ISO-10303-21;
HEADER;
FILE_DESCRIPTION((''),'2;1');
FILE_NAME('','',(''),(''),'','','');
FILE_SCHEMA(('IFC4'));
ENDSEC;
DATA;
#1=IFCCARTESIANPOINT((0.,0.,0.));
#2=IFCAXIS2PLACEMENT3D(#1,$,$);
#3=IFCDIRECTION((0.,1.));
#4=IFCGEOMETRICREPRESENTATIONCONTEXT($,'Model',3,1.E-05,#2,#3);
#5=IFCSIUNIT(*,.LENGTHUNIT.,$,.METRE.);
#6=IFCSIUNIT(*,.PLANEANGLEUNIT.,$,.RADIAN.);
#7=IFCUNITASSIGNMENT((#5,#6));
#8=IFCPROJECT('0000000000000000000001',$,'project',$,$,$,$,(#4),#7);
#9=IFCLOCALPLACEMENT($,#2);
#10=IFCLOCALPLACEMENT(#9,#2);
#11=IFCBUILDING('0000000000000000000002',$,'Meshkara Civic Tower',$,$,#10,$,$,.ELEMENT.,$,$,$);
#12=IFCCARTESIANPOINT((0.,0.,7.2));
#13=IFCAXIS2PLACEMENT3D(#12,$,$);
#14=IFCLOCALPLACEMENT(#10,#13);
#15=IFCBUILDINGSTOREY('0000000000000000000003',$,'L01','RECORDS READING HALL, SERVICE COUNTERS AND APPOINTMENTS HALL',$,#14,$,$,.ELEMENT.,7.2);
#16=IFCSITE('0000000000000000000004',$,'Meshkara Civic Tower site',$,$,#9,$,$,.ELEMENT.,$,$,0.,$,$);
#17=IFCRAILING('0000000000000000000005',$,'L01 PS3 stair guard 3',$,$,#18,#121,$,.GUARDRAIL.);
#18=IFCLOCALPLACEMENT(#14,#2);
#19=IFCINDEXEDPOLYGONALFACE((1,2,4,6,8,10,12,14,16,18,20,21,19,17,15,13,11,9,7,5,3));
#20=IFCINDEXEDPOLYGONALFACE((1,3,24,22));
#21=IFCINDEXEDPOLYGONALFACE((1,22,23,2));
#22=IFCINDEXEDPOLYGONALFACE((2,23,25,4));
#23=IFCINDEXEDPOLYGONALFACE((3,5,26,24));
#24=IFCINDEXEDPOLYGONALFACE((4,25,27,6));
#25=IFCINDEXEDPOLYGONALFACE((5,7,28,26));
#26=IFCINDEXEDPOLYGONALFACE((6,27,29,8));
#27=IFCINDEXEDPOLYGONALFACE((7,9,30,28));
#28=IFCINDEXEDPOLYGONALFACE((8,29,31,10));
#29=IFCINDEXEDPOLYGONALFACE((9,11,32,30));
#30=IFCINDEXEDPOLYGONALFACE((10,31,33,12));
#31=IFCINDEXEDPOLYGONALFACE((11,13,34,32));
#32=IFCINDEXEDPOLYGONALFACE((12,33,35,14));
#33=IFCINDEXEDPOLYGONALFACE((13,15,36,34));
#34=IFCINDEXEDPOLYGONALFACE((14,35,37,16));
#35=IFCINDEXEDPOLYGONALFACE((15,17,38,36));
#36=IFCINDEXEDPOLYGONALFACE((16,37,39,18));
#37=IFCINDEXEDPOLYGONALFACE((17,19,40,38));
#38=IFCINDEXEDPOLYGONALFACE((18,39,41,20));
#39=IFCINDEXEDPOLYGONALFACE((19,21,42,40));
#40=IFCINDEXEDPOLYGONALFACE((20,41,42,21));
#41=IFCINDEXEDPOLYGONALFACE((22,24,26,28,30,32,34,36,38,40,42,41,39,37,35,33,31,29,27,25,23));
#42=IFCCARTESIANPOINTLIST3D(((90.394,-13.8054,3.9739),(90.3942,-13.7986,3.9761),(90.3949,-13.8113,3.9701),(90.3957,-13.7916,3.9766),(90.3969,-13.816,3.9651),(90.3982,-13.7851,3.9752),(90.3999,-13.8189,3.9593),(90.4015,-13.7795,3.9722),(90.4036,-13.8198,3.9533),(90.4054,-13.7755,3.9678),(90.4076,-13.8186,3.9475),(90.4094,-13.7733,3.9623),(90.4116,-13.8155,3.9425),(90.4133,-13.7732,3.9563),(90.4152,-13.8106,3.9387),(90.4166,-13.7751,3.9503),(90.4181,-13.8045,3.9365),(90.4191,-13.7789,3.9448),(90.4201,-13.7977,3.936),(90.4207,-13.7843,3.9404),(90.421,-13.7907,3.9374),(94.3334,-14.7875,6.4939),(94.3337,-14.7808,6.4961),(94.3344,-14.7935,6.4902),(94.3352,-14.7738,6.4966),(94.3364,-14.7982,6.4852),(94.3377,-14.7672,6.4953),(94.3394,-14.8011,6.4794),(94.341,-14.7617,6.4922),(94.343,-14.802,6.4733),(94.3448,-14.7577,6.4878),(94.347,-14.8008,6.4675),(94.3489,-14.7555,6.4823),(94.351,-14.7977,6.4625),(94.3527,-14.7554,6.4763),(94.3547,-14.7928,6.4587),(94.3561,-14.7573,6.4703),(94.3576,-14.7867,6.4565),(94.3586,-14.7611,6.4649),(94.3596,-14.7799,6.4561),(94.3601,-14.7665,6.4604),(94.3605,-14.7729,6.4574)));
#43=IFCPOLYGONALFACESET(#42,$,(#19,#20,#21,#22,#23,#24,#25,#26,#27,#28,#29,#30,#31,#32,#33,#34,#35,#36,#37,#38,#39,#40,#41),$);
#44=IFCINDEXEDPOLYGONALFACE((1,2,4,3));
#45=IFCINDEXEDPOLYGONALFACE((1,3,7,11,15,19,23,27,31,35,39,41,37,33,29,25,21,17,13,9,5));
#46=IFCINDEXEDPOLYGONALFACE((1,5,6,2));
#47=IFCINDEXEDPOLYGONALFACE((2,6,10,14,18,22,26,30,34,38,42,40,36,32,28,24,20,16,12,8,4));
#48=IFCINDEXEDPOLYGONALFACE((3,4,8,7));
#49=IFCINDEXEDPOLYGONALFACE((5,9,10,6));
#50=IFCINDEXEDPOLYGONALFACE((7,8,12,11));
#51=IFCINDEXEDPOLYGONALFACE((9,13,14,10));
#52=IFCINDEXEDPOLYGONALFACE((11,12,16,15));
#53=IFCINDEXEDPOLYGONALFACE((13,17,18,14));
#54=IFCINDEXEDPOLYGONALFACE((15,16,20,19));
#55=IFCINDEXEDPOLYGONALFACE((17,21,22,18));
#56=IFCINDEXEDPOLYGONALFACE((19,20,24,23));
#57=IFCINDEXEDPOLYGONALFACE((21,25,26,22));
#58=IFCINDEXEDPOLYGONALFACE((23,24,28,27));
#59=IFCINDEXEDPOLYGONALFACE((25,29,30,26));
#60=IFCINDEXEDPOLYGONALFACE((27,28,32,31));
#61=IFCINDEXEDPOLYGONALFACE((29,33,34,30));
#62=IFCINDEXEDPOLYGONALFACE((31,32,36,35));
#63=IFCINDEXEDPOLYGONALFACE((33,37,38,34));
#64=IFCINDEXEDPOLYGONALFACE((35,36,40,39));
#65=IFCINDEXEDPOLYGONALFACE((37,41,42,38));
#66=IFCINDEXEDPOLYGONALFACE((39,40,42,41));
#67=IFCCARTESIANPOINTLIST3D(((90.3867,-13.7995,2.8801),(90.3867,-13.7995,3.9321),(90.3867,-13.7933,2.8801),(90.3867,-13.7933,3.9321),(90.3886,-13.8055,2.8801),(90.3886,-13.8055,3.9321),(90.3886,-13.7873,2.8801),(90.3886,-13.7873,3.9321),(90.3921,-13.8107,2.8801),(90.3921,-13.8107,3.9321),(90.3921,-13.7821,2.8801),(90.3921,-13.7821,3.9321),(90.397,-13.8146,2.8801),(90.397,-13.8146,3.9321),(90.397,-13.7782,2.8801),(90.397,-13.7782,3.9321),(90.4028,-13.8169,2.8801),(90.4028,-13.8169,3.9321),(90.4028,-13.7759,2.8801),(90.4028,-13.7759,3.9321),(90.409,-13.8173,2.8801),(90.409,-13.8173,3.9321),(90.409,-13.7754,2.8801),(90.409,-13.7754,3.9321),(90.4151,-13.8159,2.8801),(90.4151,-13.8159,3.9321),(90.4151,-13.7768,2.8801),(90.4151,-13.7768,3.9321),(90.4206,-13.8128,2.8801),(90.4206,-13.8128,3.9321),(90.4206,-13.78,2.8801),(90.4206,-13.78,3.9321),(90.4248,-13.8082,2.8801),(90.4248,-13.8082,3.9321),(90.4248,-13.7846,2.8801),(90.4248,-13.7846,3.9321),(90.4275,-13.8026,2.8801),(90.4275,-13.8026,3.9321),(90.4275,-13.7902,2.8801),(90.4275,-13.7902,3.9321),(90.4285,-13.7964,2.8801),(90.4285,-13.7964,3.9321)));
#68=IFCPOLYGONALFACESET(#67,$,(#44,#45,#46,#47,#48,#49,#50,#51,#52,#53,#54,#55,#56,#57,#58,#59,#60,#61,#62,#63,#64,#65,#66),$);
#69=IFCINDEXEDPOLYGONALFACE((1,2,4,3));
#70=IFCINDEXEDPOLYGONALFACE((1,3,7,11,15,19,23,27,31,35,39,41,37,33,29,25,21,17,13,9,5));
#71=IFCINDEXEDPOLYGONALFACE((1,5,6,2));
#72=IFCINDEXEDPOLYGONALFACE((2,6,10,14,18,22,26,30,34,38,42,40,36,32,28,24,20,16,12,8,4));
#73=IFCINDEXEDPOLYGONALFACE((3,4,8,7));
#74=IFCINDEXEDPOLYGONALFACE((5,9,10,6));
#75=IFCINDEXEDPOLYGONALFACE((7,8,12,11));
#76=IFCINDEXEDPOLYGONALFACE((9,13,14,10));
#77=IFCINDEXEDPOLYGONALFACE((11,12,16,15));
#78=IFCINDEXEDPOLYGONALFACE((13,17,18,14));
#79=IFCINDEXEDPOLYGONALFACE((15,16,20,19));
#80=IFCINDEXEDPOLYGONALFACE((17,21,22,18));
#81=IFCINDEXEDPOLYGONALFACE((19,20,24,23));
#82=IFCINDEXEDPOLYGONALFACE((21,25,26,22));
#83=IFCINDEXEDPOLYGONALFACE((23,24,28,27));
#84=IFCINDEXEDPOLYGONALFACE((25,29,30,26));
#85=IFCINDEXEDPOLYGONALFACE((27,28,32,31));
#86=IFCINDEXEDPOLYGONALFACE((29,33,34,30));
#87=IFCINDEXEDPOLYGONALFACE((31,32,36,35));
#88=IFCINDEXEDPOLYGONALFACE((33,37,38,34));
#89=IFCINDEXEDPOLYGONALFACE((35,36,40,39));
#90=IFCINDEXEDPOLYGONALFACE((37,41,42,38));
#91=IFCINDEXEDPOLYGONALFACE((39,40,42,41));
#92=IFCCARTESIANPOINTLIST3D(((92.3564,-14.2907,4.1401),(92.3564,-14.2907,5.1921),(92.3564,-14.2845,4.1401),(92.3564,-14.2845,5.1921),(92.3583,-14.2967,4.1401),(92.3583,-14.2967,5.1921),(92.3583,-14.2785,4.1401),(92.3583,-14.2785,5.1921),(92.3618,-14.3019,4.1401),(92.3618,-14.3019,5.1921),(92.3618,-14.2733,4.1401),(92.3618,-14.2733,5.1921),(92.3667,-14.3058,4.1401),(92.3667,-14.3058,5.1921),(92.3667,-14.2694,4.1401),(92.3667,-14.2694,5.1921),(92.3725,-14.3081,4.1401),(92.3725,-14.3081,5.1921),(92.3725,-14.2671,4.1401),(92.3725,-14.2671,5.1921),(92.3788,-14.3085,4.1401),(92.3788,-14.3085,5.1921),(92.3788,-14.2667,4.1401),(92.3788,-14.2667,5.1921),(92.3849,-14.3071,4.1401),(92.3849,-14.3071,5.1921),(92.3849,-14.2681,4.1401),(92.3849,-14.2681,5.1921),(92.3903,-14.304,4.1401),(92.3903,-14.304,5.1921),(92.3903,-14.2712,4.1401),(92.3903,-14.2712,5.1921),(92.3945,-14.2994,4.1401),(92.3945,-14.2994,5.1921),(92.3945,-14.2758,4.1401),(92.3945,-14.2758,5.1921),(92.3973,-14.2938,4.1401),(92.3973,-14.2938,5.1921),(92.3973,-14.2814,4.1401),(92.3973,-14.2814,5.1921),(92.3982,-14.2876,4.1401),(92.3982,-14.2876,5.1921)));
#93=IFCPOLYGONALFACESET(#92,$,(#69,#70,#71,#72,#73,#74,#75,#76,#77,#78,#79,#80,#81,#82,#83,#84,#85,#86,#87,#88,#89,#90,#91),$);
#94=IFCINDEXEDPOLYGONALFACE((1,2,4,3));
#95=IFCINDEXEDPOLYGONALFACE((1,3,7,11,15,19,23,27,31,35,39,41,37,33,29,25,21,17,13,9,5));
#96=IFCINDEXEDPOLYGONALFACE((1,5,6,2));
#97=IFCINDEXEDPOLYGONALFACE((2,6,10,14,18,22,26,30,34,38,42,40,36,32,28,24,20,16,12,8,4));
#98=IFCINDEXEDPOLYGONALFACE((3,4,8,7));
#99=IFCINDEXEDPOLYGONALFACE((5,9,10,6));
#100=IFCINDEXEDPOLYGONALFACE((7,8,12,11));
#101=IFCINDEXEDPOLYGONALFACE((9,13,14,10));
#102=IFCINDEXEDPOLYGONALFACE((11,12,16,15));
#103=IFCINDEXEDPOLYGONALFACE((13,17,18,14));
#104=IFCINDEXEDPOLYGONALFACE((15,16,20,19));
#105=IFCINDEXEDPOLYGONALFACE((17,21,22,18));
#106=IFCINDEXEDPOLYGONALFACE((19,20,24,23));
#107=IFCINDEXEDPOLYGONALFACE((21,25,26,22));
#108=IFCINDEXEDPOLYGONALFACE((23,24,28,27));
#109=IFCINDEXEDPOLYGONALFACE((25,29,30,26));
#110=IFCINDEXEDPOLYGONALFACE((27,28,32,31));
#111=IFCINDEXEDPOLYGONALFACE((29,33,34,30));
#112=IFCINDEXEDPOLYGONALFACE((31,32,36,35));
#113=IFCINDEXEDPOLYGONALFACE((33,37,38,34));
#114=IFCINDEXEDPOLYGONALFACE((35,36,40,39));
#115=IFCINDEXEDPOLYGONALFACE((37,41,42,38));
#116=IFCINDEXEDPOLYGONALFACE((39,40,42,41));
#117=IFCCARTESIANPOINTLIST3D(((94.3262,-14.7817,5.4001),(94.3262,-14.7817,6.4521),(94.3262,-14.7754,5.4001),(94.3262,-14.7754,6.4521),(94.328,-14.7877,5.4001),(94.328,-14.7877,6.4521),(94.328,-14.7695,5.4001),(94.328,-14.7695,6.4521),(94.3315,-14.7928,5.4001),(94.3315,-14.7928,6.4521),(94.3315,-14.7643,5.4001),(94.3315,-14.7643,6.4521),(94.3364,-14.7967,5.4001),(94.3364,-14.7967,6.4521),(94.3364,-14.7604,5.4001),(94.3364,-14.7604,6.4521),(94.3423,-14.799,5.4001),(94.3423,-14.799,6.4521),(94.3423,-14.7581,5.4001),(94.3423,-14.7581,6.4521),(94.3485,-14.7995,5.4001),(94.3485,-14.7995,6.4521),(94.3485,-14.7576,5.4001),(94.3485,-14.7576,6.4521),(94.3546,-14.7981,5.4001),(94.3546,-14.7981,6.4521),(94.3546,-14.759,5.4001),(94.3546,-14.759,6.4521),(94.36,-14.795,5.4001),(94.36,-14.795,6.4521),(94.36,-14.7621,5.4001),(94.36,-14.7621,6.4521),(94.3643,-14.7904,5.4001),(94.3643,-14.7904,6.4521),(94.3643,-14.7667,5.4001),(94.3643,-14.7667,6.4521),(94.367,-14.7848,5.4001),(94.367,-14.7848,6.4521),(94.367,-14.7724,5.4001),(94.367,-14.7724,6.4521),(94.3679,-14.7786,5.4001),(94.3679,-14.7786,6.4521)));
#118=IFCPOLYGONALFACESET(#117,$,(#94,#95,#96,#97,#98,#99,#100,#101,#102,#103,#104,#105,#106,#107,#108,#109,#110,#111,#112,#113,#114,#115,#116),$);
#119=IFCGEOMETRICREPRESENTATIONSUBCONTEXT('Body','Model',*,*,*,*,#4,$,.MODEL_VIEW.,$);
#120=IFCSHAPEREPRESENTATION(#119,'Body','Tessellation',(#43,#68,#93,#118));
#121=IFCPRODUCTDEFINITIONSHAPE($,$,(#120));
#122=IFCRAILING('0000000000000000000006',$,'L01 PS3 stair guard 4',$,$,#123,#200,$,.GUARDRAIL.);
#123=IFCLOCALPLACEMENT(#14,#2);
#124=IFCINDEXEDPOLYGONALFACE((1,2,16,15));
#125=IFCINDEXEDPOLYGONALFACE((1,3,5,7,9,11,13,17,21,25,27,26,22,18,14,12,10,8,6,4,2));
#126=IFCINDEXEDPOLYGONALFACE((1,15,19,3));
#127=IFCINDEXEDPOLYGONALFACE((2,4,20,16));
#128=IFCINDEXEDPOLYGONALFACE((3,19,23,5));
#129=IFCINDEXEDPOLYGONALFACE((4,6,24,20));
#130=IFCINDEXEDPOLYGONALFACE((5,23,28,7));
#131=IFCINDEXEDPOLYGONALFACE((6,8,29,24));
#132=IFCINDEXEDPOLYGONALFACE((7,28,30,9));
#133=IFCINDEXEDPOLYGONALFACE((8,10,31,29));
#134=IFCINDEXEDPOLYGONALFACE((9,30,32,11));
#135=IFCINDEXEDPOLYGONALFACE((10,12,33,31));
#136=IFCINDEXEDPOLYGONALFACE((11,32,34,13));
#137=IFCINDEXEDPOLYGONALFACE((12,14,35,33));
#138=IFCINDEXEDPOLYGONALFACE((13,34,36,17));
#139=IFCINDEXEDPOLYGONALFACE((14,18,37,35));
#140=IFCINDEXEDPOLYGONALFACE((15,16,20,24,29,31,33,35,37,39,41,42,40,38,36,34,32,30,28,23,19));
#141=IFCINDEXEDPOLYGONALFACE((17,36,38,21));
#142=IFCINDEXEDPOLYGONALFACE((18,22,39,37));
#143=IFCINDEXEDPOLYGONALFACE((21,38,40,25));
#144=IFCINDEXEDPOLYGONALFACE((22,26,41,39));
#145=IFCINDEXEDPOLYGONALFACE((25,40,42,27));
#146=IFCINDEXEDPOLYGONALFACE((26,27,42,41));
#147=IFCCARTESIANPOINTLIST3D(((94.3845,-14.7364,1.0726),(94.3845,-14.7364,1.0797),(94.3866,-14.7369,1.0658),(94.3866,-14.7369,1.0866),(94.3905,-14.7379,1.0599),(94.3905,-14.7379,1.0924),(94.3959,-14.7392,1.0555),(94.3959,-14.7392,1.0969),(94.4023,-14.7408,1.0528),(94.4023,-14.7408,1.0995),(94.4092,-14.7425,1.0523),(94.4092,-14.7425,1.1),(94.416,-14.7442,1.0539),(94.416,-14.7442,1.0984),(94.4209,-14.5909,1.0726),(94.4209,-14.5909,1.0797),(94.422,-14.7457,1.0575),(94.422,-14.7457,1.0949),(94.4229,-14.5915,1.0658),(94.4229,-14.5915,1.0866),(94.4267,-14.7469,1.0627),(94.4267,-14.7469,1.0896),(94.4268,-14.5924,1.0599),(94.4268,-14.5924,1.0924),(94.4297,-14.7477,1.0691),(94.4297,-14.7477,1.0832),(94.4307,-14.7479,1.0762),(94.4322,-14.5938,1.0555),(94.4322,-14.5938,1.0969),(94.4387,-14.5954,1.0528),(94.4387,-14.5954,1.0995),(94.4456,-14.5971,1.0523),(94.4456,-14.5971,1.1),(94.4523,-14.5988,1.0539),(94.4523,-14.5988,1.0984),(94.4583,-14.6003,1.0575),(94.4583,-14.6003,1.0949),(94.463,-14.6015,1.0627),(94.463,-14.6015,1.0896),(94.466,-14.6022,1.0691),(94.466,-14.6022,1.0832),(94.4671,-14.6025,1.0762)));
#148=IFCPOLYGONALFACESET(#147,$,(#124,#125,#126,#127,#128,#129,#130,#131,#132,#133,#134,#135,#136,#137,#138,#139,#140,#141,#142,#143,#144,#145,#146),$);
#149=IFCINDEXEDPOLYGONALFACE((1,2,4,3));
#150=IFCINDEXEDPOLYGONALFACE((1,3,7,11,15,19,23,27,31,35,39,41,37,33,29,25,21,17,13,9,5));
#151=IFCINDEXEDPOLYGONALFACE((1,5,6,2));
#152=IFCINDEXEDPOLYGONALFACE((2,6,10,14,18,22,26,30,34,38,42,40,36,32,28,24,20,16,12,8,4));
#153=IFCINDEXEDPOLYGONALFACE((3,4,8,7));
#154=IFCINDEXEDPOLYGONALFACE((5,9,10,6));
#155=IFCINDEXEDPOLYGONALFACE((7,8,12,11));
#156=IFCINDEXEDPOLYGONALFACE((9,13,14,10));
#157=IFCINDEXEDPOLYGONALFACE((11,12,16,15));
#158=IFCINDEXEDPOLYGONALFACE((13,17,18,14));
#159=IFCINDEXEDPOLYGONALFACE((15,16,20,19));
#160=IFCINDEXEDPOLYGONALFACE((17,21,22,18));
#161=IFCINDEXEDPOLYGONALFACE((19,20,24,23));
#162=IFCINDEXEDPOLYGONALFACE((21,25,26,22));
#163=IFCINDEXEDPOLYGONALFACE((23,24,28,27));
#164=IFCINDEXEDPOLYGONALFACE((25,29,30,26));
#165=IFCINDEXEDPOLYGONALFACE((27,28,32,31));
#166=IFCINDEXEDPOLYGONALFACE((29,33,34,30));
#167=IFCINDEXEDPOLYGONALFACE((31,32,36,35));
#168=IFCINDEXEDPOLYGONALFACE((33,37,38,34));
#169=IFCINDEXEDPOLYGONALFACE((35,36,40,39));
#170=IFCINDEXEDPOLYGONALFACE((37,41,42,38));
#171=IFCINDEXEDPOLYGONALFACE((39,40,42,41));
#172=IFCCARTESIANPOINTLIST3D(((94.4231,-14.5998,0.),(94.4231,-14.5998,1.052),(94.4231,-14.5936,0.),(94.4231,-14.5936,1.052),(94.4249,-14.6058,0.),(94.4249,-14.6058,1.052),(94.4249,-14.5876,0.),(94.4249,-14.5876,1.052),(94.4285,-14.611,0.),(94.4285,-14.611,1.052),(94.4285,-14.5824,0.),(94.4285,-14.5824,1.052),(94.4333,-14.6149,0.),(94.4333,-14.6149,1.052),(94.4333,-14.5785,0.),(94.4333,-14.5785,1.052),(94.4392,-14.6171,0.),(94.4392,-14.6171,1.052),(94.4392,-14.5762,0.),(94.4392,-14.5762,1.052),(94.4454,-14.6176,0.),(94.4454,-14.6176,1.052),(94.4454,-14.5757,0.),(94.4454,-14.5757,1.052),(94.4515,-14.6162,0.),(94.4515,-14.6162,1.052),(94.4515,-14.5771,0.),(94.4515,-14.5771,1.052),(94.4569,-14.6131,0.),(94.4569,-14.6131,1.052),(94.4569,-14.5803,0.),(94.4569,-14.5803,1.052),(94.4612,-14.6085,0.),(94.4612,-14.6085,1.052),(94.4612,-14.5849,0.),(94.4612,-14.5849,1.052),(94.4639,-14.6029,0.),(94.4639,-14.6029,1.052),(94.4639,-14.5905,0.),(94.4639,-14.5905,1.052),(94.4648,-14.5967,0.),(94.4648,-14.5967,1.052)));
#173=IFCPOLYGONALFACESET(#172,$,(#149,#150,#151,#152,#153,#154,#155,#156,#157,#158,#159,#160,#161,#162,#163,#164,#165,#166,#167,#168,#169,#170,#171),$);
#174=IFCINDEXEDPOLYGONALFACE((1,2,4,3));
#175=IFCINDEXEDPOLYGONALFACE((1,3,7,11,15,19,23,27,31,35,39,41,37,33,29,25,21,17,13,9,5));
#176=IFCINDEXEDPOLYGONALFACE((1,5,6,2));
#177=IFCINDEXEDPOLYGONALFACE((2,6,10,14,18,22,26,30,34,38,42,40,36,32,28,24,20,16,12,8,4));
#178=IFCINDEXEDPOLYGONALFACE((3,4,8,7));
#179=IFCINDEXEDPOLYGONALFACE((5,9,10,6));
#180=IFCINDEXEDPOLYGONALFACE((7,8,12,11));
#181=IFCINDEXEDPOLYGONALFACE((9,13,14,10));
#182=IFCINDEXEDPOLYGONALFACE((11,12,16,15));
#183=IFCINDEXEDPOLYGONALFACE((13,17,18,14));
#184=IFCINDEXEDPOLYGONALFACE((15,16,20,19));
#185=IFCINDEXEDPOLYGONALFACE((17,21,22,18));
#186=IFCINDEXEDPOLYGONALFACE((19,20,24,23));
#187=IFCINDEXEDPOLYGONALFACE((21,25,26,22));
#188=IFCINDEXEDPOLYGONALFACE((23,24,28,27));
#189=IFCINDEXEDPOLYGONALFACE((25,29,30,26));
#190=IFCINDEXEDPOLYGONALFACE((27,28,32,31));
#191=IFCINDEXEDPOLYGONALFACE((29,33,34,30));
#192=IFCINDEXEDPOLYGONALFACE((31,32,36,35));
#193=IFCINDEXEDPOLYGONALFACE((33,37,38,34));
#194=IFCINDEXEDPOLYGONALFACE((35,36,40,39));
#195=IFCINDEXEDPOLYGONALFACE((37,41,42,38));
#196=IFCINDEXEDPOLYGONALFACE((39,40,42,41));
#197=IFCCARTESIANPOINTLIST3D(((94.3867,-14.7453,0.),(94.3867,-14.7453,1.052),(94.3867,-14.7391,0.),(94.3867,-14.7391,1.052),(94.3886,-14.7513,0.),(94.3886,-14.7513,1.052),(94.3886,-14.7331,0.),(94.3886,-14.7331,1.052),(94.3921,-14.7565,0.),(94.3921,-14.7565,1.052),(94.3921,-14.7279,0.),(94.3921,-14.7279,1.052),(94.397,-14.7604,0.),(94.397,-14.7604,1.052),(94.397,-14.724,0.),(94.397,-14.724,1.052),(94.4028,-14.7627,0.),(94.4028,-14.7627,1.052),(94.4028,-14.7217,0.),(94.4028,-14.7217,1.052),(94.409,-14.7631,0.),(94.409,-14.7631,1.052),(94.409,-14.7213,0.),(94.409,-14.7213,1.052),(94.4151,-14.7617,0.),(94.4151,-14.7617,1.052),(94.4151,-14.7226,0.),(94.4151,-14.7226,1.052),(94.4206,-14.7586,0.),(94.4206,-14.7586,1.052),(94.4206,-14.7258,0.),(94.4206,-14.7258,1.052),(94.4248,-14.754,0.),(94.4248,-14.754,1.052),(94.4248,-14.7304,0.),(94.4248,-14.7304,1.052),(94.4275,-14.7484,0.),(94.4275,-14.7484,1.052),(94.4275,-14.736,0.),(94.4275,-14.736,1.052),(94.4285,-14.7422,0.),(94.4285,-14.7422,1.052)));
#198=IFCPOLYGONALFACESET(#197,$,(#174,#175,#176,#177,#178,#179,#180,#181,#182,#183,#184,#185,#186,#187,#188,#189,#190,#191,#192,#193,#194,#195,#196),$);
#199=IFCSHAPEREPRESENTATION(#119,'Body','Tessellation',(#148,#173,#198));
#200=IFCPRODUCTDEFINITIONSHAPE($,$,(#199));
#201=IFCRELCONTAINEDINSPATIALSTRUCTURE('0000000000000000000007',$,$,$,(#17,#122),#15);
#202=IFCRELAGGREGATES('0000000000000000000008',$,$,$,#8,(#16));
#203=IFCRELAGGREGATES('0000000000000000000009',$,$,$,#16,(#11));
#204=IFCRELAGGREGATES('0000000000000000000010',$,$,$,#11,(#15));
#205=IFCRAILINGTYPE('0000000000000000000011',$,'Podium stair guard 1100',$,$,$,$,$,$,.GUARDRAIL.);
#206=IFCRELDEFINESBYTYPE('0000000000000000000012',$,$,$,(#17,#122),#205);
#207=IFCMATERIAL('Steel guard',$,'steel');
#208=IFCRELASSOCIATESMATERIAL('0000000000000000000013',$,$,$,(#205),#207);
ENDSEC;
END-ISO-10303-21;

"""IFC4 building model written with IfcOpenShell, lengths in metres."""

from ifc_helpers import new_model, si_unit, direction, frame, origin, origin_2d, place, context, subcontext, project, spatial, circle, extrude, material, type_object, element, save


model = new_model("IFC4")

# Units and contexts
model_context = context("Model", 3, precision=1e-05, world=origin(), true_north=direction((0.0, 1.0)))
body_context = subcontext(model_context, "Body", "Model", "MODEL_VIEW")
ifc_project = project(units=[si_unit("LENGTHUNIT", "METRE"), si_unit("PLANEANGLEUNIT", "RADIAN")], contexts=[model_context])

# Site, building, storey
site_placement = place(None, origin())
site = spatial("IfcSite", under=ifc_project, at=site_placement, Name="Meshkara Civic Tower site", CompositionType="ELEMENT", RefElevation=0.0)
building_placement = place(site_placement, origin())
building = spatial("IfcBuilding", under=site, at=building_placement, Name="Meshkara Civic Tower", CompositionType="ELEMENT")
storey_placement = place(building_placement, frame((0.0, 0.0, 7.2)))
storey = spatial("IfcBuildingStorey", under=building, at=storey_placement, Name="L01", Description="RECORDS READING HALL, SERVICE COUNTERS AND APPOINTMENTS HALL", CompositionType="ELEMENT", Elevation=7.2)

# Railings
ifc_material_1 = material(Name="Steel guard", Category="steel")
railing_type_1 = type_object("IfcRailingType", Name="Podium stair guard 1100", PredefinedType="GUARDRAIL", material=ifc_material_1)
railing_1_placement = place(storey_placement, frame((90.4075, -13.7964, 2.8801)))
element("IfcRailing", 1, at=railing_1_placement, inside=storey, type_object=railing_type_1, Name="L01 PS3 stair guard 3", PredefinedType="GUARDRAIL", context=body_context, shape_type="SweptSolid", body=[
    extrude(circle(Radius=0.0239, at=origin_2d()), frame((0.0, 0.0, 1.0762), z_axis=(0.824405, -0.205539, 0.527362), x_axis=(0.241913, 0.970298, 0.0)), (0.0, 0.0, 1.0), 4.7786),
    extrude(circle(Radius=0.021, at=origin_2d()), origin(), (0.0, 0.0, 1.0), 1.052),
    extrude(circle(Radius=0.021, at=origin_2d()), frame((1.9697, -0.4912, 1.26)), (0.0, 0.0, 1.0), 1.052),
    extrude(circle(Radius=0.021, at=origin_2d()), frame((3.9395, -0.9822, 2.52)), (0.0, 0.0, 1.0), 1.052),
])
railing_2_placement = place(storey_placement, frame((94.4438, -14.5967, 0.0)))
element("IfcRailing", 2, at=railing_2_placement, inside=storey, type_object=railing_type_1, Name="L01 PS3 stair guard 4", PredefinedType="GUARDRAIL", context=body_context, shape_type="SweptSolid", body=[
    extrude(circle(Radius=0.0239, at=origin_2d()), frame((0.0, 0.0, 1.0762), z_axis=(-0.242536, -0.970143, 0.0), x_axis=(0.970143, -0.242536, 0.0)), (0.0, 0.0, 1.0), 0.1499),
    extrude(circle(Radius=0.021, at=origin_2d()), origin(), (0.0, 0.0, 1.0), 1.052),
    extrude(circle(Radius=0.021, at=origin_2d()), frame((-0.0364, -0.1455, 0.0)), (0.0, 0.0, 1.0), 1.052),
])

save(model, "model.ifc")
